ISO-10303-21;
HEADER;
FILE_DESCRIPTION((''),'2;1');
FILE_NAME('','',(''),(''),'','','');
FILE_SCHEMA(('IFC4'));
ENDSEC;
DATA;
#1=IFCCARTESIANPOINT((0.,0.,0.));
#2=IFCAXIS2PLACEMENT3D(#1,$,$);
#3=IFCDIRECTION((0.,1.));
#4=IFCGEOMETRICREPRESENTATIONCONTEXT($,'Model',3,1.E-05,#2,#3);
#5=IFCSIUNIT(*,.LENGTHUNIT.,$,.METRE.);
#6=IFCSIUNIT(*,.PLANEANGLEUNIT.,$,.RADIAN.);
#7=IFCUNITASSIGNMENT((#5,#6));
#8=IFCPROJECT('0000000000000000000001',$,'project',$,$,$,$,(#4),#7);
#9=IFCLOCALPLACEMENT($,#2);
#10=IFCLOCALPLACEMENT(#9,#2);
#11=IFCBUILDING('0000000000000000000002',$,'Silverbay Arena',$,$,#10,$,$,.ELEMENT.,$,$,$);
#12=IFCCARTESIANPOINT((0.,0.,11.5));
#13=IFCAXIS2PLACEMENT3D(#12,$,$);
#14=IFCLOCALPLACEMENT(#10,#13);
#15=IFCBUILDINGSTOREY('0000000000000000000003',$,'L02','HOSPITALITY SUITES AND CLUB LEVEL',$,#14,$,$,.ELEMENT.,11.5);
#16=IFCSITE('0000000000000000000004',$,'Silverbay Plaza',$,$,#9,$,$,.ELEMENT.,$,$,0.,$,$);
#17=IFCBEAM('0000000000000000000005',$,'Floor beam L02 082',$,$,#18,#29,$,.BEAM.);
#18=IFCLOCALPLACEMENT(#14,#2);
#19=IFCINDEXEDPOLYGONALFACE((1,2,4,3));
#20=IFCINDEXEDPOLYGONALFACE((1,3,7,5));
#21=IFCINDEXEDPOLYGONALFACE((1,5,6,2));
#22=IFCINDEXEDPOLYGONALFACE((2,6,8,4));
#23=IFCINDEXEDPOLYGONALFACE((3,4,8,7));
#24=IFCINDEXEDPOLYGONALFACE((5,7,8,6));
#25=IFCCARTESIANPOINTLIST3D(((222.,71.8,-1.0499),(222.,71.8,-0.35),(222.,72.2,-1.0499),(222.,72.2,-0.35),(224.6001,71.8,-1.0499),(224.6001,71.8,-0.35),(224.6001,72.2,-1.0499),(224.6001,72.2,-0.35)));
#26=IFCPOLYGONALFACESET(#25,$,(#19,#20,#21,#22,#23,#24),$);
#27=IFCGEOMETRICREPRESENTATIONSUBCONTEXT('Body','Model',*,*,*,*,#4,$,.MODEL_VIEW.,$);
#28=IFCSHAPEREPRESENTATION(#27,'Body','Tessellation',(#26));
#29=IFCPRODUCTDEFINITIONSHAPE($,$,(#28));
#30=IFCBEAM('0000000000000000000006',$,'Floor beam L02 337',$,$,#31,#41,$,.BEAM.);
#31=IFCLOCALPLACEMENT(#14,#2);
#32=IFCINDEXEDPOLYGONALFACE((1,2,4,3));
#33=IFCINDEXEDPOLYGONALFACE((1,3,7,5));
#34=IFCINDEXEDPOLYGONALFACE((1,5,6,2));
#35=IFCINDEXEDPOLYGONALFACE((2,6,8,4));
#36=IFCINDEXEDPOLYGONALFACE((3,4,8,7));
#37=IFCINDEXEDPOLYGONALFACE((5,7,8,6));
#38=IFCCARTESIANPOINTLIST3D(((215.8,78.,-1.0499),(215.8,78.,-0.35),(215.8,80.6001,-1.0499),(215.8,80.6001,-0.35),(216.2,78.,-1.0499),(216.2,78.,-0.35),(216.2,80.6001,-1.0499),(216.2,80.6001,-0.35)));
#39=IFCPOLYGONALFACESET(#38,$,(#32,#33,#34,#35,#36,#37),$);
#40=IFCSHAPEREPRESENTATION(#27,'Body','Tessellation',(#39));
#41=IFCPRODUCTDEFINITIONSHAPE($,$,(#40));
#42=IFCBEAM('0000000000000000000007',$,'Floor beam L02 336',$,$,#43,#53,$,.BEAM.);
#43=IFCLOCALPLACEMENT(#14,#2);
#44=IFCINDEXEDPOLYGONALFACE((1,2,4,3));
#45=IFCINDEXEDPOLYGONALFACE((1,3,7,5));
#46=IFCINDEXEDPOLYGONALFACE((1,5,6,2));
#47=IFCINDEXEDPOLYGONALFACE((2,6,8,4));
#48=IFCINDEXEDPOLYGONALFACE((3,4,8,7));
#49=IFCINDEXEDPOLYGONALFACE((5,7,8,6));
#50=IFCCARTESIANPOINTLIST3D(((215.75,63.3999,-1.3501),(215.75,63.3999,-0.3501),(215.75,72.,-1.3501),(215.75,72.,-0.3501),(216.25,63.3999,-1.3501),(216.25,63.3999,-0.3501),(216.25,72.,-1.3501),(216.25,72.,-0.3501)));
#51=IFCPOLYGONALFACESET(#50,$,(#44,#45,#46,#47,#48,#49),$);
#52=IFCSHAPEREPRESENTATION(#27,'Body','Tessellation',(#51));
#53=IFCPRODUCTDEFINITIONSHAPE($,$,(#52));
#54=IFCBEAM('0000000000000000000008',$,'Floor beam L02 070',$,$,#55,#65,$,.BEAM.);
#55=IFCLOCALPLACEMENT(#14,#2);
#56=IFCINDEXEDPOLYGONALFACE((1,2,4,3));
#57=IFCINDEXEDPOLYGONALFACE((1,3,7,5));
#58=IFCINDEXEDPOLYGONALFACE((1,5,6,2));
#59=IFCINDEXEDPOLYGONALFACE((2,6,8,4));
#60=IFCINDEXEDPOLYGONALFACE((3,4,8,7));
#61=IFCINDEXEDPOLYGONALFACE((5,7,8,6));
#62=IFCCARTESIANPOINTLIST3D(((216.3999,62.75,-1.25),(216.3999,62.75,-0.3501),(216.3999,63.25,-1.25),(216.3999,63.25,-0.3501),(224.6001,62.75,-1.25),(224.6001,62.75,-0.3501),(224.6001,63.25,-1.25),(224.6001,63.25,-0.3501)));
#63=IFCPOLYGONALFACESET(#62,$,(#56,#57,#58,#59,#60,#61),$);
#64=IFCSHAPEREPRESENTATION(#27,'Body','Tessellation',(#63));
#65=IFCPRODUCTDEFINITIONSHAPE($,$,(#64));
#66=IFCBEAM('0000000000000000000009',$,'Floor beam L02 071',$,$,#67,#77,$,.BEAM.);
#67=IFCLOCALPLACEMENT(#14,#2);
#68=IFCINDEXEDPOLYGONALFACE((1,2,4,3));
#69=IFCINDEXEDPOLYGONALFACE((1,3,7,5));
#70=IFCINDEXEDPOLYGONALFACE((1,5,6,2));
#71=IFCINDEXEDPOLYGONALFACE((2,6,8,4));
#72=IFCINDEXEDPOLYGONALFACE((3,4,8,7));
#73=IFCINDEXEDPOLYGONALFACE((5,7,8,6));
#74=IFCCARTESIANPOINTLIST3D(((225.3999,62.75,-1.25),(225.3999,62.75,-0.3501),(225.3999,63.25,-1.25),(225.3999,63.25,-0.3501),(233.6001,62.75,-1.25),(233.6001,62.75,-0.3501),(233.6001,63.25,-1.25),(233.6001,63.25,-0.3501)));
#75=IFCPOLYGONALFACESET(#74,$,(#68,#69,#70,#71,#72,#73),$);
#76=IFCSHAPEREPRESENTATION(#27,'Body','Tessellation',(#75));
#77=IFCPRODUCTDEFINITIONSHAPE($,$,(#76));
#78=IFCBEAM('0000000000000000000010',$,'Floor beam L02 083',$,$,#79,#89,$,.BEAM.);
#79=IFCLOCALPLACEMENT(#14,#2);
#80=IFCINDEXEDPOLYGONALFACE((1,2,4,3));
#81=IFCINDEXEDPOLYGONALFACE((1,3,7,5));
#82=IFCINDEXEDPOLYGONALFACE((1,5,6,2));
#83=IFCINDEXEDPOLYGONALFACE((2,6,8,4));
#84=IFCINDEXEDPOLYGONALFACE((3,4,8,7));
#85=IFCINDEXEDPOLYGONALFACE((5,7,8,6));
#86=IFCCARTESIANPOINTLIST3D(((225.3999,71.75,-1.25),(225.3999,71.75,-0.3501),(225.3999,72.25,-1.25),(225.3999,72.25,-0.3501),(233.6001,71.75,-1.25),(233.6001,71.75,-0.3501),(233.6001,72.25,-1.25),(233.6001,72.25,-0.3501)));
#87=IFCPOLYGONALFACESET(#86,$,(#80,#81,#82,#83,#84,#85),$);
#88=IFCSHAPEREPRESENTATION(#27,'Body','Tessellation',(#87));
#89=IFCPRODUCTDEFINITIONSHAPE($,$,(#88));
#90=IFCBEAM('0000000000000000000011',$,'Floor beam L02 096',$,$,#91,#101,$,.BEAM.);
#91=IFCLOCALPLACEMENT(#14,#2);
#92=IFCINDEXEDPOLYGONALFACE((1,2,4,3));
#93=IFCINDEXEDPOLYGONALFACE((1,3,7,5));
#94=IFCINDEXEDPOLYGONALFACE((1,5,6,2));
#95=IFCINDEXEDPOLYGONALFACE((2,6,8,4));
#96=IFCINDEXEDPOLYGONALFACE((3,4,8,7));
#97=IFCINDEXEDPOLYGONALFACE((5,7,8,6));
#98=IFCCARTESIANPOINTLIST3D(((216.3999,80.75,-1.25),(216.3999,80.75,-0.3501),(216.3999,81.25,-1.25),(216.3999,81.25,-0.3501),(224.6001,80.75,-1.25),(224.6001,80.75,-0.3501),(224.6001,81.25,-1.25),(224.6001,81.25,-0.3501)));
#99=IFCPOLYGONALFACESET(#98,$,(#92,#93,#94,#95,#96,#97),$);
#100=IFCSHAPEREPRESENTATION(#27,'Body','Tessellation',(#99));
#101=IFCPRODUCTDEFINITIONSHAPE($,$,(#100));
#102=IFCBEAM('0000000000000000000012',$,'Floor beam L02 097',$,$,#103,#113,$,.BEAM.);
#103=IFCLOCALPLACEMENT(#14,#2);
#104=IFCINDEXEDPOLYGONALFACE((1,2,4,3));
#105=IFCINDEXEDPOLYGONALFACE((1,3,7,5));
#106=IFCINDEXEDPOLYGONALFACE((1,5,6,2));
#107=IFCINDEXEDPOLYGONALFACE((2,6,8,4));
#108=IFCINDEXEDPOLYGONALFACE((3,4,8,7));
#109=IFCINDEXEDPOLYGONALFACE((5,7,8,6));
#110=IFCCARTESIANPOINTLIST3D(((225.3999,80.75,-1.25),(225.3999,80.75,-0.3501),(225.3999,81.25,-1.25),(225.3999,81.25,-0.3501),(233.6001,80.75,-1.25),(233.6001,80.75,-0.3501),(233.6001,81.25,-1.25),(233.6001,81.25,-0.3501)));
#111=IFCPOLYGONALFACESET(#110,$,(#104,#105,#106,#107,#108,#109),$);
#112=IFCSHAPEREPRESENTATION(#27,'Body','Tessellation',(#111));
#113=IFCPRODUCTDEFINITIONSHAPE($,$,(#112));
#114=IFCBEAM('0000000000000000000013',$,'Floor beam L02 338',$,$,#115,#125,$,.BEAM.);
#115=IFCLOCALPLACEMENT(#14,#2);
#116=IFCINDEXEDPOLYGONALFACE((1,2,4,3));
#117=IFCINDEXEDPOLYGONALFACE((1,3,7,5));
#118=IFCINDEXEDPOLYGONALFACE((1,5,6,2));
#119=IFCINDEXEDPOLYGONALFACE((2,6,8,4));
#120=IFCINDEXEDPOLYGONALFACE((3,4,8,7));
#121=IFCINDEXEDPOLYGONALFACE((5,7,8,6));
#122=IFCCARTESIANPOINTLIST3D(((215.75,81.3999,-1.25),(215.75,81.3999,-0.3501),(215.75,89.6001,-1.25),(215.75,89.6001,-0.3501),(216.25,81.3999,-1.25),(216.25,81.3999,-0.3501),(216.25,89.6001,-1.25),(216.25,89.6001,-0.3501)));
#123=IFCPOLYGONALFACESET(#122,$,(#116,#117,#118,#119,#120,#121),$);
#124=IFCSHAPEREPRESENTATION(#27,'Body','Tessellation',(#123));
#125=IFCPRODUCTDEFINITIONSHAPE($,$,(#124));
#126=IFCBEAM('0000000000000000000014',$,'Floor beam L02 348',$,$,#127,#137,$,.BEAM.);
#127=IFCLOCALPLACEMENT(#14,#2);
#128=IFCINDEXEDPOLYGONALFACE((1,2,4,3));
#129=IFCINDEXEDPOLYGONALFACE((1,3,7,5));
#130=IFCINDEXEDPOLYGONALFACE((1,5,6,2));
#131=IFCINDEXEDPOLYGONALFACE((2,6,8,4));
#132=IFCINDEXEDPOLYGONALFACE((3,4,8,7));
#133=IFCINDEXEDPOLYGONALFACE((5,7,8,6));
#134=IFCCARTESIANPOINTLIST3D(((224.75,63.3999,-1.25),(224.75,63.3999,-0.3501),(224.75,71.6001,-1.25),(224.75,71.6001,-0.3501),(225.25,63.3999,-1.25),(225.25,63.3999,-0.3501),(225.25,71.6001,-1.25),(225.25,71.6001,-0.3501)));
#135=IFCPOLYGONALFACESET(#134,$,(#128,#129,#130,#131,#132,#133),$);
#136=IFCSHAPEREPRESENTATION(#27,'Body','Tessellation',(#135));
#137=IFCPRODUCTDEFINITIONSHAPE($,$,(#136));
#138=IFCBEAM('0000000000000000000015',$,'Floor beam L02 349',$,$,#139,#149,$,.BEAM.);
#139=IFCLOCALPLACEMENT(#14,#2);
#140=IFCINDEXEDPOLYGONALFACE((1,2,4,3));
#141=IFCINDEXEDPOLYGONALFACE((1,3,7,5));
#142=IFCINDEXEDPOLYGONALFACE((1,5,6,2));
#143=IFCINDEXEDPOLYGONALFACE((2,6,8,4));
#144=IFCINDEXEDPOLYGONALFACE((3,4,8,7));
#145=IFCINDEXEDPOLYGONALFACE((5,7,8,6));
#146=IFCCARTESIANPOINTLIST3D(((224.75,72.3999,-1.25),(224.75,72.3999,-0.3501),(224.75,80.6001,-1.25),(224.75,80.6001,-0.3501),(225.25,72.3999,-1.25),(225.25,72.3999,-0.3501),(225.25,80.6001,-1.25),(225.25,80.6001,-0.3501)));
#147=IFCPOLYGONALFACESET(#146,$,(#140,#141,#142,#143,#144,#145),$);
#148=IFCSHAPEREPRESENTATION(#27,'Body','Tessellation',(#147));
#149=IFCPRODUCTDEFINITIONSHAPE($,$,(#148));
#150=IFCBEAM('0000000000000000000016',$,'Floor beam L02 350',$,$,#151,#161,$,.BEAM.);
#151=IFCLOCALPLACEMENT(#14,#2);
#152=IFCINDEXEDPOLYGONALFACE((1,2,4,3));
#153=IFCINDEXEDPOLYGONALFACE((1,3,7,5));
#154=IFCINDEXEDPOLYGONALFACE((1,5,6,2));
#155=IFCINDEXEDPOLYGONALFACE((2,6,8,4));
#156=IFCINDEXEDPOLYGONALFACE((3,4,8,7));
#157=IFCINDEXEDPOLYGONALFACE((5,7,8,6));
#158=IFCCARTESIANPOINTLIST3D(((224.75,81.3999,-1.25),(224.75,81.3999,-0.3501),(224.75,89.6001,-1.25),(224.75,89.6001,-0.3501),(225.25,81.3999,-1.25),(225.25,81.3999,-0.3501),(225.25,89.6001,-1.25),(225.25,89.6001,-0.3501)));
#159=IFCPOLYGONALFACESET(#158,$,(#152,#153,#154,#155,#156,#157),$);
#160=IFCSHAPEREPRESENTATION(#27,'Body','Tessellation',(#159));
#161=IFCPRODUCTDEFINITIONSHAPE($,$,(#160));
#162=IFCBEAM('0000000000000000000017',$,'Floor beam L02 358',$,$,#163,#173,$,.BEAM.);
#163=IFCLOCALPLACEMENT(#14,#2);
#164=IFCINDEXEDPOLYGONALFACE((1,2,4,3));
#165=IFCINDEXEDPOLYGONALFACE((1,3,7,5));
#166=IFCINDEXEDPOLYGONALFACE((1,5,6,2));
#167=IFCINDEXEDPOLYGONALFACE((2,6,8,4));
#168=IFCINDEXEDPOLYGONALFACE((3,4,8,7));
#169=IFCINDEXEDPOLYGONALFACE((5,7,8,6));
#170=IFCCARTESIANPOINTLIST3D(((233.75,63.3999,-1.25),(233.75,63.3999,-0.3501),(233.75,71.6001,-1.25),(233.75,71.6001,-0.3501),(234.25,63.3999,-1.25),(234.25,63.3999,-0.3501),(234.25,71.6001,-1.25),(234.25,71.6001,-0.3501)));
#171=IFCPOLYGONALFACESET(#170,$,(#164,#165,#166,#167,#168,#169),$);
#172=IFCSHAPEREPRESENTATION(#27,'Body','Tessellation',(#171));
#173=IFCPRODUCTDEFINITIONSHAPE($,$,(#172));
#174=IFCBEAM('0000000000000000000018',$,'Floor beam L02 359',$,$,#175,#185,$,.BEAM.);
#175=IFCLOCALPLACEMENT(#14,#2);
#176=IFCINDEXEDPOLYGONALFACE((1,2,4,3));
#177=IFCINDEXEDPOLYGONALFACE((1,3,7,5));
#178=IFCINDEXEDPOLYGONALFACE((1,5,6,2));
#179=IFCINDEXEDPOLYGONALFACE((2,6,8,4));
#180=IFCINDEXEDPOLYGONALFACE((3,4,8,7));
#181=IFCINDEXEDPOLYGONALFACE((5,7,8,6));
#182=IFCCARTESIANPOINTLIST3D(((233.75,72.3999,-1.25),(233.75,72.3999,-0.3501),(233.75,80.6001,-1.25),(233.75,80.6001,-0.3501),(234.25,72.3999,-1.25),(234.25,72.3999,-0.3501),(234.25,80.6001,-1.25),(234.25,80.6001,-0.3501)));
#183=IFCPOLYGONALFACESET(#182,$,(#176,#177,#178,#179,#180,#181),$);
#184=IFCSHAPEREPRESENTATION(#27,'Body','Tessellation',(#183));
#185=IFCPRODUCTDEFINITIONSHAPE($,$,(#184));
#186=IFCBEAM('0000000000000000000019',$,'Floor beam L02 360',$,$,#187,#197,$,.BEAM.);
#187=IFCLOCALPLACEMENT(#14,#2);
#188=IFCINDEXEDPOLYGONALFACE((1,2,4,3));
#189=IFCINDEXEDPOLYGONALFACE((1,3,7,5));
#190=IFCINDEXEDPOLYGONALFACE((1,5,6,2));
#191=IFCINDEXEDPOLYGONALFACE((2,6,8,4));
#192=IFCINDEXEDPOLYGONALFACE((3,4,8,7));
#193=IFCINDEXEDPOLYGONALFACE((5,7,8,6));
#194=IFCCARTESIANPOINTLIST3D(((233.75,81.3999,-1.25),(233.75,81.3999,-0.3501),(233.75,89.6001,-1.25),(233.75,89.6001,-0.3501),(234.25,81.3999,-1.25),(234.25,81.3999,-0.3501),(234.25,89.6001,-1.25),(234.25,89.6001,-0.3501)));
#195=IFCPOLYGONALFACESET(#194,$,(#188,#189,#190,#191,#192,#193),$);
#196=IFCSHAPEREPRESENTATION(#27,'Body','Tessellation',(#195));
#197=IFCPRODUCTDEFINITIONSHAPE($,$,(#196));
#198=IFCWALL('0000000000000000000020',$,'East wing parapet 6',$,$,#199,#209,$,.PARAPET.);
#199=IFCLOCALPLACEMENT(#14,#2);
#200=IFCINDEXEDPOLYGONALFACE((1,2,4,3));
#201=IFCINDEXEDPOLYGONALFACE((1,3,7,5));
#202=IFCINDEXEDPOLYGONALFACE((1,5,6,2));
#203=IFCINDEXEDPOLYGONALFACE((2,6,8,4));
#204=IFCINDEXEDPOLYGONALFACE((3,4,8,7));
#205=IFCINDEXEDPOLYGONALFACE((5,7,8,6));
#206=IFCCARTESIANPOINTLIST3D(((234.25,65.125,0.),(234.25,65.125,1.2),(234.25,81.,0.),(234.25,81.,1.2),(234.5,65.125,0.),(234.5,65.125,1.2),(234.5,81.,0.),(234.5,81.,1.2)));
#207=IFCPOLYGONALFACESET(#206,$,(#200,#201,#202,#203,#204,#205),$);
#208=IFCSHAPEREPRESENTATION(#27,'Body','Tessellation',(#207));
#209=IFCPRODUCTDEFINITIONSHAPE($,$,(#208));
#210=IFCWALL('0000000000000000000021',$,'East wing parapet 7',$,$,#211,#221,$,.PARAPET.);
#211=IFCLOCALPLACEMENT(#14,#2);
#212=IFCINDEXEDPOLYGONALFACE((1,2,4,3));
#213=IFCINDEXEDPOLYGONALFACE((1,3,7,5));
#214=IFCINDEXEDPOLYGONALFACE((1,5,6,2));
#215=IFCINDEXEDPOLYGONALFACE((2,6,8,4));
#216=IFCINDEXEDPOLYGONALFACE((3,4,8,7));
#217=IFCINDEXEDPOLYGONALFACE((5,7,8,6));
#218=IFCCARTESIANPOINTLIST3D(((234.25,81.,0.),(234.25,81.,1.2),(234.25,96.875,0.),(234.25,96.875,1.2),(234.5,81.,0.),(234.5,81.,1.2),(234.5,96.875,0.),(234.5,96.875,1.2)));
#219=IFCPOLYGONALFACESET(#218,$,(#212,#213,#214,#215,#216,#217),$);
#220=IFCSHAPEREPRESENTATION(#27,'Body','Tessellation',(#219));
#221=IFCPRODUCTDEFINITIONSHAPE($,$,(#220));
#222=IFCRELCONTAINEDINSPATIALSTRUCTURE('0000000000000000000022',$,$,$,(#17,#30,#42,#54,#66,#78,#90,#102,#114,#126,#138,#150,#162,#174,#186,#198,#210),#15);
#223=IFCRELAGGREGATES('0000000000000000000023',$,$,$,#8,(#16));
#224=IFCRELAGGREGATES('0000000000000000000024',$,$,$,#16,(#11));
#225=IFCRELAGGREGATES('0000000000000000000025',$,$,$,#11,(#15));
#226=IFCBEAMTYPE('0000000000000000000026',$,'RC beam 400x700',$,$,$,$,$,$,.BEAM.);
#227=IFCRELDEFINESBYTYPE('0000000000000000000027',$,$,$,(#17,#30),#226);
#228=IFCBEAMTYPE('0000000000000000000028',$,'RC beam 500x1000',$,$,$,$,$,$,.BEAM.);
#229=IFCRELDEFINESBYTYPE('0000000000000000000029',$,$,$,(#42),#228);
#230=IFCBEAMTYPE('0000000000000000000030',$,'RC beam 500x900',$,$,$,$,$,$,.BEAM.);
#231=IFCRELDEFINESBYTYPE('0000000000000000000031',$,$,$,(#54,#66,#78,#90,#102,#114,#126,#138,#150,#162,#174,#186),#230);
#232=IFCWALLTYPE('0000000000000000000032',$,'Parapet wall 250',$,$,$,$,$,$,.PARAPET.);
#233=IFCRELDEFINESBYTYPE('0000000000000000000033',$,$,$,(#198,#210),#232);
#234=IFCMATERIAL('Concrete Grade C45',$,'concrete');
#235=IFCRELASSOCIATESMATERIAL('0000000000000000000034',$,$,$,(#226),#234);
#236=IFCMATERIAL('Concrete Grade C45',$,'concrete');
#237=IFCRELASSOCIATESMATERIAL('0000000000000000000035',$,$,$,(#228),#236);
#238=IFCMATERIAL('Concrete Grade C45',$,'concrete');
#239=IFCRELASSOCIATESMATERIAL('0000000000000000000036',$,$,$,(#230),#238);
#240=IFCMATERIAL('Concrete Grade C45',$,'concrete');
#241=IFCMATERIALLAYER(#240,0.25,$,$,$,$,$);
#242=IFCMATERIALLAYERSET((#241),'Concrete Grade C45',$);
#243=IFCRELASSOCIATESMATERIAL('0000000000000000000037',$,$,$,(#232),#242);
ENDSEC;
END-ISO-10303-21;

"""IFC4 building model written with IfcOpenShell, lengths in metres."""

from ifc_helpers import new_model, si_unit, direction, frame, frame_2d, origin, origin_2d, place, context, subcontext, project, spatial, rectangle, extrude, material, layer, layer_set, material_profile, profile_set, type_object, element, save


model = new_model("IFC4")

# Units and contexts
model_context = context("Model", 3, precision=1e-05, world=origin(), true_north=direction((0.0, 1.0)))
body_context = subcontext(model_context, "Body", "Model", "MODEL_VIEW")
ifc_project = project(units=[si_unit("LENGTHUNIT", "METRE"), si_unit("PLANEANGLEUNIT", "RADIAN")], contexts=[model_context])

# Site, building, storey
site_placement = place(None, origin())
site = spatial("IfcSite", under=ifc_project, at=site_placement, Name="Silverbay Plaza", CompositionType="ELEMENT", RefElevation=0.0)
building_placement = place(site_placement, origin())
building = spatial("IfcBuilding", under=site, at=building_placement, Name="Silverbay Arena", CompositionType="ELEMENT")
storey_placement = place(building_placement, frame((0.0, 0.0, 11.5)))
storey = spatial("IfcBuildingStorey", under=building, at=storey_placement, Name="L02", Description="HOSPITALITY SUITES AND CLUB LEVEL", CompositionType="ELEMENT", Elevation=11.5)

# Beams
ifc_material_1 = material(Name="Concrete Grade C45", Category="concrete")
ifc_material_profile_1 = material_profile(ifc_material_1, rectangle(XDim=0.3999, YDim=0.7, at=origin_2d()), Name="RC 400x700")
ifc_profile_set_1 = profile_set([ifc_material_profile_1], Name="Concrete Grade C45")
beam_type_1 = type_object("IfcBeamType", Name="RC beam 400x700", PredefinedType="BEAM", material=ifc_profile_set_1)
for number, where, z_axis, x_axis, name in (
    (1, (222.0, 72.0, -0.7), (1.0, 0.0, 0.0), (0.0, 1.0, 0.0), "Floor beam L02 082"),
    (2, (216.0, 78.0, -0.7), (0.0, 1.0, 0.0), (-1.0, 0.0, 0.0), "Floor beam L02 337"),
):
    element("IfcBeam", number, at=place(storey_placement, frame(where, z_axis=z_axis, x_axis=x_axis)), inside=storey, type_object=beam_type_1, Name=name, PredefinedType="BEAM", context=body_context, shape_type="SweptSolid", body=[
        extrude(rectangle(XDim=0.3999, YDim=0.7, at=origin_2d()), origin(), (0.0, 0.0, 1.0), 2.6001),
    ])
ifc_material_2 = material(Name="Concrete Grade C45", Category="concrete")
ifc_material_profile_2 = material_profile(ifc_material_2, rectangle(XDim=0.5, YDim=1.0, at=origin_2d()), Name="RC 500x1000")
ifc_profile_set_2 = profile_set([ifc_material_profile_2], Name="Concrete Grade C45")
beam_type_2 = type_object("IfcBeamType", Name="RC beam 500x1000", PredefinedType="BEAM", material=ifc_profile_set_2)
beam_placement = place(storey_placement, frame((216.0, 63.3999, -0.8501), z_axis=(0.0, 1.0, 0.0), x_axis=(-1.0, 0.0, 0.0)))
element("IfcBeam", 3, at=beam_placement, inside=storey, type_object=beam_type_2, Name="Floor beam L02 336", PredefinedType="BEAM", context=body_context, shape_type="SweptSolid", body=[
    extrude(rectangle(XDim=0.5, YDim=1.0, at=origin_2d()), origin(), (0.0, 0.0, 1.0), 8.6001),
])
ifc_material_3 = material(Name="Concrete Grade C45", Category="concrete")
ifc_material_profile_3 = material_profile(ifc_material_3, rectangle(XDim=0.5, YDim=0.8999, at=origin_2d()), Name="RC 500x900")
ifc_profile_set_3 = profile_set([ifc_material_profile_3], Name="Concrete Grade C45")
beam_type_3 = type_object("IfcBeamType", Name="RC beam 500x900", PredefinedType="BEAM", material=ifc_profile_set_3)
for number, where, z_axis, x_axis, name in (
    (4, (216.3999, 63.0, -0.8), (1.0, 0.0, 0.0), (0.0, 1.0, 0.0), "Floor beam L02 070"),
    (5, (225.3999, 63.0, -0.8), (1.0, 0.0, 0.0), (0.0, 1.0, 0.0), "Floor beam L02 071"),
    (6, (225.3999, 72.0, -0.8), (1.0, 0.0, 0.0), (0.0, 1.0, 0.0), "Floor beam L02 083"),
    (7, (216.3999, 81.0, -0.8), (1.0, 0.0, 0.0), (0.0, 1.0, 0.0), "Floor beam L02 096"),
    (8, (225.3999, 81.0, -0.8), (1.0, 0.0, 0.0), (0.0, 1.0, 0.0), "Floor beam L02 097"),
    (9, (216.0, 81.3999, -0.8), (0.0, 1.0, 0.0), (-1.0, 0.0, 0.0), "Floor beam L02 338"),
    (10, (225.0, 63.3999, -0.8), (0.0, 1.0, 0.0), (-1.0, 0.0, 0.0), "Floor beam L02 348"),
    (11, (225.0, 72.3999, -0.8), (0.0, 1.0, 0.0), (-1.0, 0.0, 0.0), "Floor beam L02 349"),
    (12, (225.0, 81.3999, -0.8), (0.0, 1.0, 0.0), (-1.0, 0.0, 0.0), "Floor beam L02 350"),
    (13, (234.0, 63.3999, -0.8), (0.0, 1.0, 0.0), (-1.0, 0.0, 0.0), "Floor beam L02 358"),
    (14, (234.0, 72.3999, -0.8), (0.0, 1.0, 0.0), (-1.0, 0.0, 0.0), "Floor beam L02 359"),
    (15, (234.0, 81.3999, -0.8), (0.0, 1.0, 0.0), (-1.0, 0.0, 0.0), "Floor beam L02 360"),
):
    element("IfcBeam", number, at=place(storey_placement, frame(where, z_axis=z_axis, x_axis=x_axis)), inside=storey, type_object=beam_type_3, Name=name, PredefinedType="BEAM", context=body_context, shape_type="SweptSolid", body=[
        extrude(rectangle(XDim=0.5, YDim=0.8999, at=origin_2d()), origin(), (0.0, 0.0, 1.0), 8.2002),
    ])

# Walls
ifc_material_4 = material(Name="Concrete Grade C45", Category="concrete")
ifc_layer = layer(ifc_material_4, 0.25)
ifc_layer_set = layer_set([ifc_layer], Name="Concrete Grade C45")
wall_type = type_object("IfcWallType", Name="Parapet wall 250", PredefinedType="PARAPET", material=ifc_layer_set)
for number, where, z_axis, x_axis, name in (
    (16, (234.375, 65.125, 0.0), (0.0, 0.0, 1.0), (0.0, 1.0, 0.0), "East wing parapet 6"),
    (17, (234.375, 81.0, 0.0), (0.0, 0.0, 1.0), (0.0, 1.0, 0.0), "East wing parapet 7"),
):
    element("IfcWall", number, at=place(storey_placement, frame(where, z_axis=z_axis, x_axis=x_axis)), inside=storey, type_object=wall_type, Name=name, PredefinedType="PARAPET", context=body_context, shape_type="SweptSolid", body=[
        extrude(rectangle(XDim=15.875, YDim=0.25, at=frame_2d((7.9375, 0.0))), origin(), (0.0, 0.0, 1.0), 1.2),
    ])

save(model, "model.ifc")
